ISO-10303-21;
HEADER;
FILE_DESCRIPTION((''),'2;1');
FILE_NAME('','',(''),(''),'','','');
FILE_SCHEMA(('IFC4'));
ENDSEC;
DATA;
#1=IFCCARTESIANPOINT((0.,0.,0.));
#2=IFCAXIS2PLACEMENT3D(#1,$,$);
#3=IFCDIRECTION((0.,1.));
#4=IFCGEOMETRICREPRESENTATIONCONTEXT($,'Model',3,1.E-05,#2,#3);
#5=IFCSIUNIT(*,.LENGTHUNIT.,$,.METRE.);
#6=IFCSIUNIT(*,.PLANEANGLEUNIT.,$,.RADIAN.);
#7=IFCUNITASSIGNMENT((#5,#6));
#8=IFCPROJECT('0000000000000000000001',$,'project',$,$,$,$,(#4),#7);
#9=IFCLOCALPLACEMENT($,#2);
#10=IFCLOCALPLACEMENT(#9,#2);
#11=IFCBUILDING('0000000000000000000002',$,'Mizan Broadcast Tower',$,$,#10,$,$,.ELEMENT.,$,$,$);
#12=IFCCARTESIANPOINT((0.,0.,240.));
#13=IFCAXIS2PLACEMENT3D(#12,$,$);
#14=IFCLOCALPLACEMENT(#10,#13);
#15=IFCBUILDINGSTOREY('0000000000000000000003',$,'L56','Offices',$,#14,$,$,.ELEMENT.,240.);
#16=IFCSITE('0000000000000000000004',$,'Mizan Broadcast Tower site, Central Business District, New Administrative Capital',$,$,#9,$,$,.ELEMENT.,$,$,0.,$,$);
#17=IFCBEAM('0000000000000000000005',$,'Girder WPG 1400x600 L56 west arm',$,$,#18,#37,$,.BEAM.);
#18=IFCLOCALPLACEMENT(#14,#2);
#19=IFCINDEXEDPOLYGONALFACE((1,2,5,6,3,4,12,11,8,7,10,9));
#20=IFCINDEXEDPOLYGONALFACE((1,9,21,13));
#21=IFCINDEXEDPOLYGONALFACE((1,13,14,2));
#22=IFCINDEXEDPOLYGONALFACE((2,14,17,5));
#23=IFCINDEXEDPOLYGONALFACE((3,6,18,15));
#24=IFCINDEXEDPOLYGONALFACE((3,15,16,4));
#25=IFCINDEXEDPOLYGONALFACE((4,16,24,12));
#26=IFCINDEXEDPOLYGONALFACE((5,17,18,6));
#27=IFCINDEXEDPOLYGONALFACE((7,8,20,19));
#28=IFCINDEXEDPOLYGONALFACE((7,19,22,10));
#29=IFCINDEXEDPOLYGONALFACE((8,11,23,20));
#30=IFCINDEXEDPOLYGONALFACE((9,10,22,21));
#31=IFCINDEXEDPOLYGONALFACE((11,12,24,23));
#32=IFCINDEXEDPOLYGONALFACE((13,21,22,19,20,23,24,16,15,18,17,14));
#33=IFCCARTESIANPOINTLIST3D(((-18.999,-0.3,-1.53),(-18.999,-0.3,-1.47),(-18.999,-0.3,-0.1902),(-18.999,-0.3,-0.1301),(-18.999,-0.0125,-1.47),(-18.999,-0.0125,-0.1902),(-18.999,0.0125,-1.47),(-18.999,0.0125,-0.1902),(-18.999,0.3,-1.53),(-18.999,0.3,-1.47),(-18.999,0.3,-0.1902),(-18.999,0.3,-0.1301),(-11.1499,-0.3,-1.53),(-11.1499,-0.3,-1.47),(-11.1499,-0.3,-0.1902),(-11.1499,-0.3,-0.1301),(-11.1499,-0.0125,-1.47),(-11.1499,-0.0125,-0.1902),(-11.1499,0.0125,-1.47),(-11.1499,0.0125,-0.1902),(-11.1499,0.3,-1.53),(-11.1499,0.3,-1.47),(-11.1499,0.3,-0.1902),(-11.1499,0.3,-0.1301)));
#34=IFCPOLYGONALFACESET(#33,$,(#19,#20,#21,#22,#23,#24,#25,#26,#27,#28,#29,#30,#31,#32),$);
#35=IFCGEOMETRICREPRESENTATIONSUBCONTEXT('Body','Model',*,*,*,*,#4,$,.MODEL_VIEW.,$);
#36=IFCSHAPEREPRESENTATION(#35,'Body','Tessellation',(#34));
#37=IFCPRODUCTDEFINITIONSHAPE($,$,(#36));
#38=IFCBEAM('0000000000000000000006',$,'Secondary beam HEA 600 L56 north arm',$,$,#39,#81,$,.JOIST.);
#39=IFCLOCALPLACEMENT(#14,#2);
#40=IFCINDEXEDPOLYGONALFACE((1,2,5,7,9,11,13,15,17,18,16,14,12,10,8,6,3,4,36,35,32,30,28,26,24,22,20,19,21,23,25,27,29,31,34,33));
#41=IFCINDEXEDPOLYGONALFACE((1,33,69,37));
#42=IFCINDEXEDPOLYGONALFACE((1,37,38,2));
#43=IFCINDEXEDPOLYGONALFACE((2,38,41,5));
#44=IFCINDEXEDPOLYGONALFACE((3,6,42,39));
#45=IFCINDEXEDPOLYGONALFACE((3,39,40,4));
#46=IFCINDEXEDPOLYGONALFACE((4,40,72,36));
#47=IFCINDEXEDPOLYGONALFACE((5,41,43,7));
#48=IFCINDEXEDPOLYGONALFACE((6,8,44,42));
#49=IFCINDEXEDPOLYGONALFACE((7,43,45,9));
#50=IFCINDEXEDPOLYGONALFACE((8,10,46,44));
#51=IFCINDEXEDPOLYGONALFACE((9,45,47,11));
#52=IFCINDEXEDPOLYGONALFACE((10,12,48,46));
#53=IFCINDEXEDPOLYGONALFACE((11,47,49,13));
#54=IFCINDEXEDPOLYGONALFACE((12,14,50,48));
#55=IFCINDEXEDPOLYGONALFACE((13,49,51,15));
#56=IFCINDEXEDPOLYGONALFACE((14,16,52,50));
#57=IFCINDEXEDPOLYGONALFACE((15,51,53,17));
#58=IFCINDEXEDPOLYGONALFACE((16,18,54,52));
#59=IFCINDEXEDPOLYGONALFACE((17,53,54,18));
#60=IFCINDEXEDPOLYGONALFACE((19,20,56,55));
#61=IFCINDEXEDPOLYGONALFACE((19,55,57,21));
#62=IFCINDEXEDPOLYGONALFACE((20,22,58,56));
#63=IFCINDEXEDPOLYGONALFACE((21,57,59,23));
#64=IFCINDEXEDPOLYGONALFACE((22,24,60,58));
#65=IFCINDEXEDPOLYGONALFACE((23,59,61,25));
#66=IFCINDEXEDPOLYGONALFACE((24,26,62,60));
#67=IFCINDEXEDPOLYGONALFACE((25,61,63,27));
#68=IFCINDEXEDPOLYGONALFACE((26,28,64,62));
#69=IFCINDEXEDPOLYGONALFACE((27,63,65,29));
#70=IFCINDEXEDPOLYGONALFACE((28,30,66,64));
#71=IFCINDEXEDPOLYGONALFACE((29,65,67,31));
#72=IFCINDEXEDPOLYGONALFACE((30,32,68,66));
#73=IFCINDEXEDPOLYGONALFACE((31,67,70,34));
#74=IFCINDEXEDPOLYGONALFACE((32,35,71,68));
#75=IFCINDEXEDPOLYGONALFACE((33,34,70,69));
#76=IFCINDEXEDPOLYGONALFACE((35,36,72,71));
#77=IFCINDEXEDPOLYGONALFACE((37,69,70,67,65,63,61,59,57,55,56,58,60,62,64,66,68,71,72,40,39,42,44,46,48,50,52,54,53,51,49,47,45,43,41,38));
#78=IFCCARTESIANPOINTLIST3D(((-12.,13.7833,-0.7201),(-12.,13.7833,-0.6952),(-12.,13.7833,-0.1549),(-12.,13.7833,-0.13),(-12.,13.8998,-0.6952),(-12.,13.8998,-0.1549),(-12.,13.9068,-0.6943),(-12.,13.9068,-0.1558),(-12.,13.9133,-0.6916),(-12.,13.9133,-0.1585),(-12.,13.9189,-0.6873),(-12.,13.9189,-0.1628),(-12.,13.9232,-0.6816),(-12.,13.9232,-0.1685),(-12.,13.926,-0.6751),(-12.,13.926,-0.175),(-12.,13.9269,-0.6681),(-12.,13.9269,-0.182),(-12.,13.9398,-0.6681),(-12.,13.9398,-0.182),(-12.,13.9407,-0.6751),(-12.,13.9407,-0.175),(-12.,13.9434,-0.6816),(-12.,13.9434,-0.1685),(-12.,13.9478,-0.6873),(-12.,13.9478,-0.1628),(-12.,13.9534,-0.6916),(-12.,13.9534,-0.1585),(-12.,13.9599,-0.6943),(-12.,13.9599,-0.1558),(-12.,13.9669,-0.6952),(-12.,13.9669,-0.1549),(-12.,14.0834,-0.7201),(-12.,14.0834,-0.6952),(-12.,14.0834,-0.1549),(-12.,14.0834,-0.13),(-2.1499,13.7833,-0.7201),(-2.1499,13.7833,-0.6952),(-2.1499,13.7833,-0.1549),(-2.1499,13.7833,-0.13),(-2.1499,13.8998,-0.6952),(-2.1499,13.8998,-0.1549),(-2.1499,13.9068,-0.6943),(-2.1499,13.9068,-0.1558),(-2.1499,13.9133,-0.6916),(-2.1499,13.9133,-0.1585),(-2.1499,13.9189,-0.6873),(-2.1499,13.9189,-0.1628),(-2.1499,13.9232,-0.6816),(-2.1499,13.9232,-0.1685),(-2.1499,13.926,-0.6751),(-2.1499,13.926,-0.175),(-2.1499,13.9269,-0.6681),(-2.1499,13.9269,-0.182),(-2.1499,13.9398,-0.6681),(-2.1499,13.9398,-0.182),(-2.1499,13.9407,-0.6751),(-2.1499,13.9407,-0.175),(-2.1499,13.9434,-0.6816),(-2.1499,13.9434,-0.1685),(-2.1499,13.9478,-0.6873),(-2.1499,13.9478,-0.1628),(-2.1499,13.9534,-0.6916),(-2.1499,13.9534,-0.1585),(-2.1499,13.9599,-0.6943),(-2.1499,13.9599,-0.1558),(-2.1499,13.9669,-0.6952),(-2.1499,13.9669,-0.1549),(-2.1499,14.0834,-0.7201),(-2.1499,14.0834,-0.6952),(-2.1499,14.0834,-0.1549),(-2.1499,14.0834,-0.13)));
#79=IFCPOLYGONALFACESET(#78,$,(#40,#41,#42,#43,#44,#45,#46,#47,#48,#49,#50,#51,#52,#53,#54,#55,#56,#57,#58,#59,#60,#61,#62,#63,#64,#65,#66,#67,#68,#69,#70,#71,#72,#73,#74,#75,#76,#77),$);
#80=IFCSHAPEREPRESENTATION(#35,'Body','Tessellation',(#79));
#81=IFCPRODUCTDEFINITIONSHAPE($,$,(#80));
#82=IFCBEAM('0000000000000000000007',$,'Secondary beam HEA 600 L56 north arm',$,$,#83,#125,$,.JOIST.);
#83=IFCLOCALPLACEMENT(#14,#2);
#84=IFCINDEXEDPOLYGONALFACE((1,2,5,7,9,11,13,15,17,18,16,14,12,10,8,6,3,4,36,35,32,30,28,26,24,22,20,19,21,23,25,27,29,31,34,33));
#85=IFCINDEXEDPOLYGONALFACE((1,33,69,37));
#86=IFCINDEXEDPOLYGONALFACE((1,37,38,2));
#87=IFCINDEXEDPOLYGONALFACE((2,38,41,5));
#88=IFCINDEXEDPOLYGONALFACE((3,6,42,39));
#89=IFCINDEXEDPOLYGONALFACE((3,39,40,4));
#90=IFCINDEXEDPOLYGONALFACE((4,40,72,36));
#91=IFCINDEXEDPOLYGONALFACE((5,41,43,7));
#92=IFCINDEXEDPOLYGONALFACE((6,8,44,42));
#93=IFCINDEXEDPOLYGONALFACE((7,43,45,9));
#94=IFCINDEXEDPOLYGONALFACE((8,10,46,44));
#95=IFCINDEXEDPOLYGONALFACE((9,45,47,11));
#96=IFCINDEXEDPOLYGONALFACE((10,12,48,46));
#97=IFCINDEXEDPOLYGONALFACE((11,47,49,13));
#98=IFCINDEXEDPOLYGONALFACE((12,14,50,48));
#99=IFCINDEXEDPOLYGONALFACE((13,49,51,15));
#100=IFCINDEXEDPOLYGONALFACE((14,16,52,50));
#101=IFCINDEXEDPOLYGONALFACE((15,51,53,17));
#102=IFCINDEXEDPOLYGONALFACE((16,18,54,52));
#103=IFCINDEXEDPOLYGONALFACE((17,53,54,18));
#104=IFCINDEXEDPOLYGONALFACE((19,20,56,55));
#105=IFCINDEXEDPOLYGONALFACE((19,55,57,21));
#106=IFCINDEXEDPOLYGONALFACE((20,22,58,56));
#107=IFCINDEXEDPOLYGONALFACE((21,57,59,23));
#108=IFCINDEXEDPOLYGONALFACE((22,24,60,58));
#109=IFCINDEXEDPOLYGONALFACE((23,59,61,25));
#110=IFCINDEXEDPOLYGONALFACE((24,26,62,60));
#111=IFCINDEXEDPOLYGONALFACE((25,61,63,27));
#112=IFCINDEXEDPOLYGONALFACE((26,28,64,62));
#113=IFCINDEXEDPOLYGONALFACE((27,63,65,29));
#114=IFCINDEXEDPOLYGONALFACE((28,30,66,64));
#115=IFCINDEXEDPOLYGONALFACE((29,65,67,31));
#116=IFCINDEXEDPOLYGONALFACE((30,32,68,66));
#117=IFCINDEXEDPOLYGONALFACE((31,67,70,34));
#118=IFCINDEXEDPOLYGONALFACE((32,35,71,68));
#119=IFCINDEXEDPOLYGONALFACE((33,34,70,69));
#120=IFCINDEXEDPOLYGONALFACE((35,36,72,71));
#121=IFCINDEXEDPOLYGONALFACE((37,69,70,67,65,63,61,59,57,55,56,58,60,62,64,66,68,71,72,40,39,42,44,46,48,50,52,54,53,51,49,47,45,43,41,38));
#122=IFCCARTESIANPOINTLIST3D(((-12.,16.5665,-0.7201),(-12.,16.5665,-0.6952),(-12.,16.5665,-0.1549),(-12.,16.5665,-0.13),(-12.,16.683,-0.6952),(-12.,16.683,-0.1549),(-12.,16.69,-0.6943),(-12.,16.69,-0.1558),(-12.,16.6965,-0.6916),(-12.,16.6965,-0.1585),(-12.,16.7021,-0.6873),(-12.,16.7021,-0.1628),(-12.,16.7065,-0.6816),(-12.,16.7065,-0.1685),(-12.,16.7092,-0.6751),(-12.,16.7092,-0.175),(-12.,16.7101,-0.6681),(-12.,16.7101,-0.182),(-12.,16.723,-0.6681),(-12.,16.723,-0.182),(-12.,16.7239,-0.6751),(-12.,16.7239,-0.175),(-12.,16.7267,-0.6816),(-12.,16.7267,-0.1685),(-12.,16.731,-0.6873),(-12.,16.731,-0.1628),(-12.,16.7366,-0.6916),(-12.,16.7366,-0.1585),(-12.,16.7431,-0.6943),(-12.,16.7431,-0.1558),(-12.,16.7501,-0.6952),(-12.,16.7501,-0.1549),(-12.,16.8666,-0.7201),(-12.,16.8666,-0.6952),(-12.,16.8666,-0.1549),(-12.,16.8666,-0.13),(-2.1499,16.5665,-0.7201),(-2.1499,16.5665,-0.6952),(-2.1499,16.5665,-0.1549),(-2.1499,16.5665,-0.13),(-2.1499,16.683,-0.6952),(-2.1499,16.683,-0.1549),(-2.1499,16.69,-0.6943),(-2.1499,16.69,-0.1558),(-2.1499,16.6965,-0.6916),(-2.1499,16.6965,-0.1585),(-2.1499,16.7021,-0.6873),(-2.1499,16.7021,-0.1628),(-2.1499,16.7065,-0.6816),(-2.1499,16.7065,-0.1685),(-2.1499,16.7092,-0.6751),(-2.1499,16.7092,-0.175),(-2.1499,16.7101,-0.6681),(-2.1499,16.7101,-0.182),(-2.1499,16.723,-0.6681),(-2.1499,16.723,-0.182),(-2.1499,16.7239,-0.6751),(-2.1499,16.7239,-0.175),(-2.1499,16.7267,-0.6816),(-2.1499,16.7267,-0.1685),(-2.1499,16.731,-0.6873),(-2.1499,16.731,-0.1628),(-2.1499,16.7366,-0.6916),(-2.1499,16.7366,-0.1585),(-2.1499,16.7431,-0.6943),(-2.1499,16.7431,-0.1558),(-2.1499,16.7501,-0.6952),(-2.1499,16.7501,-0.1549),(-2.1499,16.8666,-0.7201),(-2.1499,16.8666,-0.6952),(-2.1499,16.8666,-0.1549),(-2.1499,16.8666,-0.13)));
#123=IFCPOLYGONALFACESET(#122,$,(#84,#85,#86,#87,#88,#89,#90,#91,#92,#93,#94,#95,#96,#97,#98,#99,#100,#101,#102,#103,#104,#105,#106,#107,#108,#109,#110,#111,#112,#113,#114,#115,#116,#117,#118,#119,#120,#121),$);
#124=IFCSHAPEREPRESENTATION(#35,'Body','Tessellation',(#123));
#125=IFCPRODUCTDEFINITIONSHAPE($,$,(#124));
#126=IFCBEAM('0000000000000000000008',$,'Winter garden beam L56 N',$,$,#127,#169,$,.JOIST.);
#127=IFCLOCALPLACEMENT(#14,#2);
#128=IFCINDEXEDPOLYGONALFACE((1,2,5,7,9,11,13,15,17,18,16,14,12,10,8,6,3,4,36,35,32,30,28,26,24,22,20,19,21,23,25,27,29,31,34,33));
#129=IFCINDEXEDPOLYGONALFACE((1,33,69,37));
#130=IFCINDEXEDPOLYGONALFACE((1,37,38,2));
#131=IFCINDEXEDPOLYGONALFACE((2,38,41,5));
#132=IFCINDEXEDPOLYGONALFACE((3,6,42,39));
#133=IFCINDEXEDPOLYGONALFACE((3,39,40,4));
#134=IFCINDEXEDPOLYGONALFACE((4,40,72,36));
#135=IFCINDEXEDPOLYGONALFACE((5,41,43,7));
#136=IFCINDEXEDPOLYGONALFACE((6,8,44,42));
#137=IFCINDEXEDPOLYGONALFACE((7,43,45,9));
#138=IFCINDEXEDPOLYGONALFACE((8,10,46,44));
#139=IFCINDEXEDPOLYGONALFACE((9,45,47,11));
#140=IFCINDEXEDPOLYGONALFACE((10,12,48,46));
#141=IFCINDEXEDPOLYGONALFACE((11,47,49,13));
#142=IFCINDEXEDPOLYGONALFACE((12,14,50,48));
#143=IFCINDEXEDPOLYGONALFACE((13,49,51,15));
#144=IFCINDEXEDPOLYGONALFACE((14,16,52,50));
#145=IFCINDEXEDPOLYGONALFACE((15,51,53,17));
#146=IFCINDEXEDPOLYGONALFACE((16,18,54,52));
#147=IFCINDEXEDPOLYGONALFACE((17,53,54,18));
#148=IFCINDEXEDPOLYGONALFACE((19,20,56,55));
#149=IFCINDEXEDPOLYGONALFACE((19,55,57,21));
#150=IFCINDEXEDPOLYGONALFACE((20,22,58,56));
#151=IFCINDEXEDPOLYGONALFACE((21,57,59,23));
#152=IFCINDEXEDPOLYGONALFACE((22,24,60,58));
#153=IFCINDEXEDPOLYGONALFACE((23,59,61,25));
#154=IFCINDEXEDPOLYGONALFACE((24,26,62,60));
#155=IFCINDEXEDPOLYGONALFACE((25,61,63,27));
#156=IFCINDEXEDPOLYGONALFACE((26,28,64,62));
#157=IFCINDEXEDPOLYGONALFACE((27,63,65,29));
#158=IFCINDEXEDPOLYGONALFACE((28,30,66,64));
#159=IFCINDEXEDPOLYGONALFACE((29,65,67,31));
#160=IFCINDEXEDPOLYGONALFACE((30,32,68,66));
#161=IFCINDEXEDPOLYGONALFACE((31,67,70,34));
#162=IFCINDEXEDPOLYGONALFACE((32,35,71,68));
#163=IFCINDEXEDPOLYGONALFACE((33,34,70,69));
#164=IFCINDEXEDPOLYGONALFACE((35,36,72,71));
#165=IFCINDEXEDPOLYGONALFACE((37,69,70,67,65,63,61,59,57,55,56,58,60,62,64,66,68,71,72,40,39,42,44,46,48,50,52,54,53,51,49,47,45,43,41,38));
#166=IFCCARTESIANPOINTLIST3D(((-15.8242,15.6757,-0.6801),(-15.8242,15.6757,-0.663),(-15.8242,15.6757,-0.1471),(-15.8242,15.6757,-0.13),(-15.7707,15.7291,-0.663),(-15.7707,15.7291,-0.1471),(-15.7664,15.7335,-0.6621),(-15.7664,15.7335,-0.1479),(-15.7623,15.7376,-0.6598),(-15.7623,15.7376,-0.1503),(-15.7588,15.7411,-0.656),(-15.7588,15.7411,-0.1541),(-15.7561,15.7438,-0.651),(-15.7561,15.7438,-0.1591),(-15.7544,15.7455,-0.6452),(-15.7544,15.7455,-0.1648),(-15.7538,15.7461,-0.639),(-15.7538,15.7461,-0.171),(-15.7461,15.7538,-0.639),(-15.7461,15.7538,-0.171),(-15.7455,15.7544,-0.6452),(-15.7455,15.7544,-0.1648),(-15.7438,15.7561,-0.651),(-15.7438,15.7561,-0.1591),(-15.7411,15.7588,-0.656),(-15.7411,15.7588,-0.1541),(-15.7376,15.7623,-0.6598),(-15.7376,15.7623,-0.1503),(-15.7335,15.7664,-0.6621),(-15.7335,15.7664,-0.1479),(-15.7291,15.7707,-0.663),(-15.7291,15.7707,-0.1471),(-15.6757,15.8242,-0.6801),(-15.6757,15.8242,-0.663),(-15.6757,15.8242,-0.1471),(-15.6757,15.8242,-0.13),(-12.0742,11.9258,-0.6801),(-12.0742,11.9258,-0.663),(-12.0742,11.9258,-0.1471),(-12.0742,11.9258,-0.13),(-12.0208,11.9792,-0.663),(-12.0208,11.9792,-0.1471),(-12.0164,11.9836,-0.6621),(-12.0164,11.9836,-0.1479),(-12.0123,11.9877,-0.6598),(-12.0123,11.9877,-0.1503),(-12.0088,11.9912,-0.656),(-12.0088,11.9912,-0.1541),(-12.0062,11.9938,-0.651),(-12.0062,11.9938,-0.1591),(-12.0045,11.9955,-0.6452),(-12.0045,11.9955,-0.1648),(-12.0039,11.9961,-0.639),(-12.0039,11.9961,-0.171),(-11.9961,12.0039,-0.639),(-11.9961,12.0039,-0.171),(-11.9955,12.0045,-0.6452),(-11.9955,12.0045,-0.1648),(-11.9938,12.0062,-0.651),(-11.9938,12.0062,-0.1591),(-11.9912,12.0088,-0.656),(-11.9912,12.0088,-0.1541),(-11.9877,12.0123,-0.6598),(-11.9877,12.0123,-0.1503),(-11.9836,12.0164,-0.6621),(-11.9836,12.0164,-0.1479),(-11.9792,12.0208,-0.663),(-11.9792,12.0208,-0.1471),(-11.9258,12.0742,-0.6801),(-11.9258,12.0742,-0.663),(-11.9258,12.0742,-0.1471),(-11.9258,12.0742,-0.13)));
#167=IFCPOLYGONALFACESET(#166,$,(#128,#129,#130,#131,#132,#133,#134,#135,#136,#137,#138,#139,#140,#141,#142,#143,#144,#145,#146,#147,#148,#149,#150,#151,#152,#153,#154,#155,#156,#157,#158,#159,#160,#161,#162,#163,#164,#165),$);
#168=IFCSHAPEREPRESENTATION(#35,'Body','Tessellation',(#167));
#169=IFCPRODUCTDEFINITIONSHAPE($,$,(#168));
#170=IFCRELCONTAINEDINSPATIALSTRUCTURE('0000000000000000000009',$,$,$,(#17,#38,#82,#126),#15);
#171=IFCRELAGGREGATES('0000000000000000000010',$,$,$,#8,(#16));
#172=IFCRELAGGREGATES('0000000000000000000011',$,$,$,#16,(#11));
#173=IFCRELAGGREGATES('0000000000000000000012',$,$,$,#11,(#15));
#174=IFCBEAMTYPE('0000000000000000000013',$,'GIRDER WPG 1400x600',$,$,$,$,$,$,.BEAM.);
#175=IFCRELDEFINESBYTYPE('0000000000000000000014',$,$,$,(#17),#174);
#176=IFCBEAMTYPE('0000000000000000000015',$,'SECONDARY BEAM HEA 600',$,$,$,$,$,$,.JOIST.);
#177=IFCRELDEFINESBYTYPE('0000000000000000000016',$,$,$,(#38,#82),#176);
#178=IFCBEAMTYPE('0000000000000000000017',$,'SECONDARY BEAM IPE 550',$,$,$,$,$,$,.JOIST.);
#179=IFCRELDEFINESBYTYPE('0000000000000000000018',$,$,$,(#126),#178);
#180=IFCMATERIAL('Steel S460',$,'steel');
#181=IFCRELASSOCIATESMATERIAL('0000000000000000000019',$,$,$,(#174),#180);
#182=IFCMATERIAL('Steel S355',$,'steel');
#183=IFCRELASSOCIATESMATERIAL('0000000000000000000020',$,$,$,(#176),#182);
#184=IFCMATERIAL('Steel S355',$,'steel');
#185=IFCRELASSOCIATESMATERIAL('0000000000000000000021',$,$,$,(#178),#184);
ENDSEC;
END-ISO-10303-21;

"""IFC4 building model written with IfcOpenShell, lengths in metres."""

from ifc_helpers import new_model, si_unit, direction, frame, origin, origin_2d, place, context, subcontext, project, spatial, i_section, extrude, material, material_profile, profile_set, type_object, element, save


model = new_model("IFC4")

# Units and contexts
model_context = context("Model", 3, precision=1e-05, world=origin(), true_north=direction((0.0, 1.0)))
body_context = subcontext(model_context, "Body", "Model", "MODEL_VIEW")
ifc_project = project(units=[si_unit("LENGTHUNIT", "METRE"), si_unit("PLANEANGLEUNIT", "RADIAN")], contexts=[model_context])

# Site, building, storey
site_placement = place(None, origin())
site = spatial("IfcSite", under=ifc_project, at=site_placement, Name="Mizan Broadcast Tower site, Central Business District, New Administrative Capital", CompositionType="ELEMENT", RefElevation=0.0)
building_placement = place(site_placement, origin())
building = spatial("IfcBuilding", under=site, at=building_placement, Name="Mizan Broadcast Tower", CompositionType="ELEMENT")
storey_placement = place(building_placement, frame((0.0, 0.0, 240.0)))
storey = spatial("IfcBuildingStorey", under=building, at=storey_placement, Name="L56", Description="Offices", CompositionType="ELEMENT", Elevation=240.0)

# Beams
ifc_material_1 = material(Name="Steel S460", Category="steel")
ifc_material_profile_1 = material_profile(ifc_material_1, i_section(OverallWidth=0.6001, OverallDepth=1.3999, WebThickness=0.0249, FlangeThickness=0.0601, at=origin_2d()), Name="WPG 1400x600")
ifc_profile_set_1 = profile_set([ifc_material_profile_1], Name="Steel S460")
beam_type_1 = type_object("IfcBeamType", Name="GIRDER WPG 1400x600", PredefinedType="BEAM", material=ifc_profile_set_1)
for number, where, z_axis, x_axis, name in (
    (1, (-11.1499, 0.0, -0.8301), (-1.0, 0.0, 0.0), (0.0, -1.0, 0.0), "Girder WPG 1400x600 L56 west arm"),
):
    element("IfcBeam", number, at=place(storey_placement, frame(where, z_axis=z_axis, x_axis=x_axis)), inside=storey, type_object=beam_type_1, Name=name, PredefinedType="BEAM", context=body_context, shape_type="SweptSolid", body=[
        extrude(i_section(OverallWidth=0.6001, OverallDepth=1.3999, WebThickness=0.0249, FlangeThickness=0.0601, at=origin_2d()), origin(), (0.0, 0.0, 1.0), 7.8491),
    ])
ifc_material_2 = material(Name="Steel S355", Category="steel")
ifc_material_profile_2 = material_profile(ifc_material_2, i_section(OverallWidth=0.3, OverallDepth=0.5901, WebThickness=0.0129, FlangeThickness=0.0249, FilletRadius=0.0271, at=origin_2d()), Name="HEA 600")
ifc_profile_set_2 = profile_set([ifc_material_profile_2], Name="Steel S355")
beam_type_2 = type_object("IfcBeamType", Name="SECONDARY BEAM HEA 600", PredefinedType="JOIST", material=ifc_profile_set_2)
for number, where, z_axis, x_axis, name in (
    (2, (-12.0, 13.9333, -0.425), (1.0, 0.0, 0.0), (0.0, 1.0, 0.0), "Secondary beam HEA 600 L56 north arm"),
    (3, (-12.0, 16.7166, -0.425), (1.0, 0.0, 0.0), (0.0, 1.0, 0.0), "Secondary beam HEA 600 L56 north arm"),
):
    element("IfcBeam", number, at=place(storey_placement, frame(where, z_axis=z_axis, x_axis=x_axis)), inside=storey, type_object=beam_type_2, Name=name, PredefinedType="JOIST", context=body_context, shape_type="SweptSolid", body=[
        extrude(i_section(OverallWidth=0.3, OverallDepth=0.5901, WebThickness=0.0129, FlangeThickness=0.0249, FilletRadius=0.0271, at=origin_2d()), origin(), (0.0, 0.0, 1.0), 9.8501),
    ])
ifc_material_3 = material(Name="Steel S355", Category="steel")
ifc_material_profile_3 = material_profile(ifc_material_3, i_section(OverallWidth=0.21, OverallDepth=0.55, WebThickness=0.011, FlangeThickness=0.0171, FilletRadius=0.0239, at=origin_2d()), Name="IPE 550")
ifc_profile_set_3 = profile_set([ifc_material_profile_3], Name="Steel S355")
beam_type_3 = type_object("IfcBeamType", Name="SECONDARY BEAM IPE 550", PredefinedType="JOIST", material=ifc_profile_set_3)
beam_1_placement = place(storey_placement, frame((-12.0, 12.0, -0.405), z_axis=(-0.707107, 0.707107, 0.0), x_axis=(-0.707107, -0.707107, 0.0)))
element("IfcBeam", 4, at=beam_1_placement, inside=storey, type_object=beam_type_3, Name="Winter garden beam L56 N", PredefinedType="JOIST", context=body_context, shape_type="SweptSolid", body=[
    extrude(i_section(OverallWidth=0.21, OverallDepth=0.55, WebThickness=0.011, FlangeThickness=0.0171, FilletRadius=0.0239, at=origin_2d()), origin(), (0.0, 0.0, 1.0), 5.3032),
])

save(model, "model.ifc")
